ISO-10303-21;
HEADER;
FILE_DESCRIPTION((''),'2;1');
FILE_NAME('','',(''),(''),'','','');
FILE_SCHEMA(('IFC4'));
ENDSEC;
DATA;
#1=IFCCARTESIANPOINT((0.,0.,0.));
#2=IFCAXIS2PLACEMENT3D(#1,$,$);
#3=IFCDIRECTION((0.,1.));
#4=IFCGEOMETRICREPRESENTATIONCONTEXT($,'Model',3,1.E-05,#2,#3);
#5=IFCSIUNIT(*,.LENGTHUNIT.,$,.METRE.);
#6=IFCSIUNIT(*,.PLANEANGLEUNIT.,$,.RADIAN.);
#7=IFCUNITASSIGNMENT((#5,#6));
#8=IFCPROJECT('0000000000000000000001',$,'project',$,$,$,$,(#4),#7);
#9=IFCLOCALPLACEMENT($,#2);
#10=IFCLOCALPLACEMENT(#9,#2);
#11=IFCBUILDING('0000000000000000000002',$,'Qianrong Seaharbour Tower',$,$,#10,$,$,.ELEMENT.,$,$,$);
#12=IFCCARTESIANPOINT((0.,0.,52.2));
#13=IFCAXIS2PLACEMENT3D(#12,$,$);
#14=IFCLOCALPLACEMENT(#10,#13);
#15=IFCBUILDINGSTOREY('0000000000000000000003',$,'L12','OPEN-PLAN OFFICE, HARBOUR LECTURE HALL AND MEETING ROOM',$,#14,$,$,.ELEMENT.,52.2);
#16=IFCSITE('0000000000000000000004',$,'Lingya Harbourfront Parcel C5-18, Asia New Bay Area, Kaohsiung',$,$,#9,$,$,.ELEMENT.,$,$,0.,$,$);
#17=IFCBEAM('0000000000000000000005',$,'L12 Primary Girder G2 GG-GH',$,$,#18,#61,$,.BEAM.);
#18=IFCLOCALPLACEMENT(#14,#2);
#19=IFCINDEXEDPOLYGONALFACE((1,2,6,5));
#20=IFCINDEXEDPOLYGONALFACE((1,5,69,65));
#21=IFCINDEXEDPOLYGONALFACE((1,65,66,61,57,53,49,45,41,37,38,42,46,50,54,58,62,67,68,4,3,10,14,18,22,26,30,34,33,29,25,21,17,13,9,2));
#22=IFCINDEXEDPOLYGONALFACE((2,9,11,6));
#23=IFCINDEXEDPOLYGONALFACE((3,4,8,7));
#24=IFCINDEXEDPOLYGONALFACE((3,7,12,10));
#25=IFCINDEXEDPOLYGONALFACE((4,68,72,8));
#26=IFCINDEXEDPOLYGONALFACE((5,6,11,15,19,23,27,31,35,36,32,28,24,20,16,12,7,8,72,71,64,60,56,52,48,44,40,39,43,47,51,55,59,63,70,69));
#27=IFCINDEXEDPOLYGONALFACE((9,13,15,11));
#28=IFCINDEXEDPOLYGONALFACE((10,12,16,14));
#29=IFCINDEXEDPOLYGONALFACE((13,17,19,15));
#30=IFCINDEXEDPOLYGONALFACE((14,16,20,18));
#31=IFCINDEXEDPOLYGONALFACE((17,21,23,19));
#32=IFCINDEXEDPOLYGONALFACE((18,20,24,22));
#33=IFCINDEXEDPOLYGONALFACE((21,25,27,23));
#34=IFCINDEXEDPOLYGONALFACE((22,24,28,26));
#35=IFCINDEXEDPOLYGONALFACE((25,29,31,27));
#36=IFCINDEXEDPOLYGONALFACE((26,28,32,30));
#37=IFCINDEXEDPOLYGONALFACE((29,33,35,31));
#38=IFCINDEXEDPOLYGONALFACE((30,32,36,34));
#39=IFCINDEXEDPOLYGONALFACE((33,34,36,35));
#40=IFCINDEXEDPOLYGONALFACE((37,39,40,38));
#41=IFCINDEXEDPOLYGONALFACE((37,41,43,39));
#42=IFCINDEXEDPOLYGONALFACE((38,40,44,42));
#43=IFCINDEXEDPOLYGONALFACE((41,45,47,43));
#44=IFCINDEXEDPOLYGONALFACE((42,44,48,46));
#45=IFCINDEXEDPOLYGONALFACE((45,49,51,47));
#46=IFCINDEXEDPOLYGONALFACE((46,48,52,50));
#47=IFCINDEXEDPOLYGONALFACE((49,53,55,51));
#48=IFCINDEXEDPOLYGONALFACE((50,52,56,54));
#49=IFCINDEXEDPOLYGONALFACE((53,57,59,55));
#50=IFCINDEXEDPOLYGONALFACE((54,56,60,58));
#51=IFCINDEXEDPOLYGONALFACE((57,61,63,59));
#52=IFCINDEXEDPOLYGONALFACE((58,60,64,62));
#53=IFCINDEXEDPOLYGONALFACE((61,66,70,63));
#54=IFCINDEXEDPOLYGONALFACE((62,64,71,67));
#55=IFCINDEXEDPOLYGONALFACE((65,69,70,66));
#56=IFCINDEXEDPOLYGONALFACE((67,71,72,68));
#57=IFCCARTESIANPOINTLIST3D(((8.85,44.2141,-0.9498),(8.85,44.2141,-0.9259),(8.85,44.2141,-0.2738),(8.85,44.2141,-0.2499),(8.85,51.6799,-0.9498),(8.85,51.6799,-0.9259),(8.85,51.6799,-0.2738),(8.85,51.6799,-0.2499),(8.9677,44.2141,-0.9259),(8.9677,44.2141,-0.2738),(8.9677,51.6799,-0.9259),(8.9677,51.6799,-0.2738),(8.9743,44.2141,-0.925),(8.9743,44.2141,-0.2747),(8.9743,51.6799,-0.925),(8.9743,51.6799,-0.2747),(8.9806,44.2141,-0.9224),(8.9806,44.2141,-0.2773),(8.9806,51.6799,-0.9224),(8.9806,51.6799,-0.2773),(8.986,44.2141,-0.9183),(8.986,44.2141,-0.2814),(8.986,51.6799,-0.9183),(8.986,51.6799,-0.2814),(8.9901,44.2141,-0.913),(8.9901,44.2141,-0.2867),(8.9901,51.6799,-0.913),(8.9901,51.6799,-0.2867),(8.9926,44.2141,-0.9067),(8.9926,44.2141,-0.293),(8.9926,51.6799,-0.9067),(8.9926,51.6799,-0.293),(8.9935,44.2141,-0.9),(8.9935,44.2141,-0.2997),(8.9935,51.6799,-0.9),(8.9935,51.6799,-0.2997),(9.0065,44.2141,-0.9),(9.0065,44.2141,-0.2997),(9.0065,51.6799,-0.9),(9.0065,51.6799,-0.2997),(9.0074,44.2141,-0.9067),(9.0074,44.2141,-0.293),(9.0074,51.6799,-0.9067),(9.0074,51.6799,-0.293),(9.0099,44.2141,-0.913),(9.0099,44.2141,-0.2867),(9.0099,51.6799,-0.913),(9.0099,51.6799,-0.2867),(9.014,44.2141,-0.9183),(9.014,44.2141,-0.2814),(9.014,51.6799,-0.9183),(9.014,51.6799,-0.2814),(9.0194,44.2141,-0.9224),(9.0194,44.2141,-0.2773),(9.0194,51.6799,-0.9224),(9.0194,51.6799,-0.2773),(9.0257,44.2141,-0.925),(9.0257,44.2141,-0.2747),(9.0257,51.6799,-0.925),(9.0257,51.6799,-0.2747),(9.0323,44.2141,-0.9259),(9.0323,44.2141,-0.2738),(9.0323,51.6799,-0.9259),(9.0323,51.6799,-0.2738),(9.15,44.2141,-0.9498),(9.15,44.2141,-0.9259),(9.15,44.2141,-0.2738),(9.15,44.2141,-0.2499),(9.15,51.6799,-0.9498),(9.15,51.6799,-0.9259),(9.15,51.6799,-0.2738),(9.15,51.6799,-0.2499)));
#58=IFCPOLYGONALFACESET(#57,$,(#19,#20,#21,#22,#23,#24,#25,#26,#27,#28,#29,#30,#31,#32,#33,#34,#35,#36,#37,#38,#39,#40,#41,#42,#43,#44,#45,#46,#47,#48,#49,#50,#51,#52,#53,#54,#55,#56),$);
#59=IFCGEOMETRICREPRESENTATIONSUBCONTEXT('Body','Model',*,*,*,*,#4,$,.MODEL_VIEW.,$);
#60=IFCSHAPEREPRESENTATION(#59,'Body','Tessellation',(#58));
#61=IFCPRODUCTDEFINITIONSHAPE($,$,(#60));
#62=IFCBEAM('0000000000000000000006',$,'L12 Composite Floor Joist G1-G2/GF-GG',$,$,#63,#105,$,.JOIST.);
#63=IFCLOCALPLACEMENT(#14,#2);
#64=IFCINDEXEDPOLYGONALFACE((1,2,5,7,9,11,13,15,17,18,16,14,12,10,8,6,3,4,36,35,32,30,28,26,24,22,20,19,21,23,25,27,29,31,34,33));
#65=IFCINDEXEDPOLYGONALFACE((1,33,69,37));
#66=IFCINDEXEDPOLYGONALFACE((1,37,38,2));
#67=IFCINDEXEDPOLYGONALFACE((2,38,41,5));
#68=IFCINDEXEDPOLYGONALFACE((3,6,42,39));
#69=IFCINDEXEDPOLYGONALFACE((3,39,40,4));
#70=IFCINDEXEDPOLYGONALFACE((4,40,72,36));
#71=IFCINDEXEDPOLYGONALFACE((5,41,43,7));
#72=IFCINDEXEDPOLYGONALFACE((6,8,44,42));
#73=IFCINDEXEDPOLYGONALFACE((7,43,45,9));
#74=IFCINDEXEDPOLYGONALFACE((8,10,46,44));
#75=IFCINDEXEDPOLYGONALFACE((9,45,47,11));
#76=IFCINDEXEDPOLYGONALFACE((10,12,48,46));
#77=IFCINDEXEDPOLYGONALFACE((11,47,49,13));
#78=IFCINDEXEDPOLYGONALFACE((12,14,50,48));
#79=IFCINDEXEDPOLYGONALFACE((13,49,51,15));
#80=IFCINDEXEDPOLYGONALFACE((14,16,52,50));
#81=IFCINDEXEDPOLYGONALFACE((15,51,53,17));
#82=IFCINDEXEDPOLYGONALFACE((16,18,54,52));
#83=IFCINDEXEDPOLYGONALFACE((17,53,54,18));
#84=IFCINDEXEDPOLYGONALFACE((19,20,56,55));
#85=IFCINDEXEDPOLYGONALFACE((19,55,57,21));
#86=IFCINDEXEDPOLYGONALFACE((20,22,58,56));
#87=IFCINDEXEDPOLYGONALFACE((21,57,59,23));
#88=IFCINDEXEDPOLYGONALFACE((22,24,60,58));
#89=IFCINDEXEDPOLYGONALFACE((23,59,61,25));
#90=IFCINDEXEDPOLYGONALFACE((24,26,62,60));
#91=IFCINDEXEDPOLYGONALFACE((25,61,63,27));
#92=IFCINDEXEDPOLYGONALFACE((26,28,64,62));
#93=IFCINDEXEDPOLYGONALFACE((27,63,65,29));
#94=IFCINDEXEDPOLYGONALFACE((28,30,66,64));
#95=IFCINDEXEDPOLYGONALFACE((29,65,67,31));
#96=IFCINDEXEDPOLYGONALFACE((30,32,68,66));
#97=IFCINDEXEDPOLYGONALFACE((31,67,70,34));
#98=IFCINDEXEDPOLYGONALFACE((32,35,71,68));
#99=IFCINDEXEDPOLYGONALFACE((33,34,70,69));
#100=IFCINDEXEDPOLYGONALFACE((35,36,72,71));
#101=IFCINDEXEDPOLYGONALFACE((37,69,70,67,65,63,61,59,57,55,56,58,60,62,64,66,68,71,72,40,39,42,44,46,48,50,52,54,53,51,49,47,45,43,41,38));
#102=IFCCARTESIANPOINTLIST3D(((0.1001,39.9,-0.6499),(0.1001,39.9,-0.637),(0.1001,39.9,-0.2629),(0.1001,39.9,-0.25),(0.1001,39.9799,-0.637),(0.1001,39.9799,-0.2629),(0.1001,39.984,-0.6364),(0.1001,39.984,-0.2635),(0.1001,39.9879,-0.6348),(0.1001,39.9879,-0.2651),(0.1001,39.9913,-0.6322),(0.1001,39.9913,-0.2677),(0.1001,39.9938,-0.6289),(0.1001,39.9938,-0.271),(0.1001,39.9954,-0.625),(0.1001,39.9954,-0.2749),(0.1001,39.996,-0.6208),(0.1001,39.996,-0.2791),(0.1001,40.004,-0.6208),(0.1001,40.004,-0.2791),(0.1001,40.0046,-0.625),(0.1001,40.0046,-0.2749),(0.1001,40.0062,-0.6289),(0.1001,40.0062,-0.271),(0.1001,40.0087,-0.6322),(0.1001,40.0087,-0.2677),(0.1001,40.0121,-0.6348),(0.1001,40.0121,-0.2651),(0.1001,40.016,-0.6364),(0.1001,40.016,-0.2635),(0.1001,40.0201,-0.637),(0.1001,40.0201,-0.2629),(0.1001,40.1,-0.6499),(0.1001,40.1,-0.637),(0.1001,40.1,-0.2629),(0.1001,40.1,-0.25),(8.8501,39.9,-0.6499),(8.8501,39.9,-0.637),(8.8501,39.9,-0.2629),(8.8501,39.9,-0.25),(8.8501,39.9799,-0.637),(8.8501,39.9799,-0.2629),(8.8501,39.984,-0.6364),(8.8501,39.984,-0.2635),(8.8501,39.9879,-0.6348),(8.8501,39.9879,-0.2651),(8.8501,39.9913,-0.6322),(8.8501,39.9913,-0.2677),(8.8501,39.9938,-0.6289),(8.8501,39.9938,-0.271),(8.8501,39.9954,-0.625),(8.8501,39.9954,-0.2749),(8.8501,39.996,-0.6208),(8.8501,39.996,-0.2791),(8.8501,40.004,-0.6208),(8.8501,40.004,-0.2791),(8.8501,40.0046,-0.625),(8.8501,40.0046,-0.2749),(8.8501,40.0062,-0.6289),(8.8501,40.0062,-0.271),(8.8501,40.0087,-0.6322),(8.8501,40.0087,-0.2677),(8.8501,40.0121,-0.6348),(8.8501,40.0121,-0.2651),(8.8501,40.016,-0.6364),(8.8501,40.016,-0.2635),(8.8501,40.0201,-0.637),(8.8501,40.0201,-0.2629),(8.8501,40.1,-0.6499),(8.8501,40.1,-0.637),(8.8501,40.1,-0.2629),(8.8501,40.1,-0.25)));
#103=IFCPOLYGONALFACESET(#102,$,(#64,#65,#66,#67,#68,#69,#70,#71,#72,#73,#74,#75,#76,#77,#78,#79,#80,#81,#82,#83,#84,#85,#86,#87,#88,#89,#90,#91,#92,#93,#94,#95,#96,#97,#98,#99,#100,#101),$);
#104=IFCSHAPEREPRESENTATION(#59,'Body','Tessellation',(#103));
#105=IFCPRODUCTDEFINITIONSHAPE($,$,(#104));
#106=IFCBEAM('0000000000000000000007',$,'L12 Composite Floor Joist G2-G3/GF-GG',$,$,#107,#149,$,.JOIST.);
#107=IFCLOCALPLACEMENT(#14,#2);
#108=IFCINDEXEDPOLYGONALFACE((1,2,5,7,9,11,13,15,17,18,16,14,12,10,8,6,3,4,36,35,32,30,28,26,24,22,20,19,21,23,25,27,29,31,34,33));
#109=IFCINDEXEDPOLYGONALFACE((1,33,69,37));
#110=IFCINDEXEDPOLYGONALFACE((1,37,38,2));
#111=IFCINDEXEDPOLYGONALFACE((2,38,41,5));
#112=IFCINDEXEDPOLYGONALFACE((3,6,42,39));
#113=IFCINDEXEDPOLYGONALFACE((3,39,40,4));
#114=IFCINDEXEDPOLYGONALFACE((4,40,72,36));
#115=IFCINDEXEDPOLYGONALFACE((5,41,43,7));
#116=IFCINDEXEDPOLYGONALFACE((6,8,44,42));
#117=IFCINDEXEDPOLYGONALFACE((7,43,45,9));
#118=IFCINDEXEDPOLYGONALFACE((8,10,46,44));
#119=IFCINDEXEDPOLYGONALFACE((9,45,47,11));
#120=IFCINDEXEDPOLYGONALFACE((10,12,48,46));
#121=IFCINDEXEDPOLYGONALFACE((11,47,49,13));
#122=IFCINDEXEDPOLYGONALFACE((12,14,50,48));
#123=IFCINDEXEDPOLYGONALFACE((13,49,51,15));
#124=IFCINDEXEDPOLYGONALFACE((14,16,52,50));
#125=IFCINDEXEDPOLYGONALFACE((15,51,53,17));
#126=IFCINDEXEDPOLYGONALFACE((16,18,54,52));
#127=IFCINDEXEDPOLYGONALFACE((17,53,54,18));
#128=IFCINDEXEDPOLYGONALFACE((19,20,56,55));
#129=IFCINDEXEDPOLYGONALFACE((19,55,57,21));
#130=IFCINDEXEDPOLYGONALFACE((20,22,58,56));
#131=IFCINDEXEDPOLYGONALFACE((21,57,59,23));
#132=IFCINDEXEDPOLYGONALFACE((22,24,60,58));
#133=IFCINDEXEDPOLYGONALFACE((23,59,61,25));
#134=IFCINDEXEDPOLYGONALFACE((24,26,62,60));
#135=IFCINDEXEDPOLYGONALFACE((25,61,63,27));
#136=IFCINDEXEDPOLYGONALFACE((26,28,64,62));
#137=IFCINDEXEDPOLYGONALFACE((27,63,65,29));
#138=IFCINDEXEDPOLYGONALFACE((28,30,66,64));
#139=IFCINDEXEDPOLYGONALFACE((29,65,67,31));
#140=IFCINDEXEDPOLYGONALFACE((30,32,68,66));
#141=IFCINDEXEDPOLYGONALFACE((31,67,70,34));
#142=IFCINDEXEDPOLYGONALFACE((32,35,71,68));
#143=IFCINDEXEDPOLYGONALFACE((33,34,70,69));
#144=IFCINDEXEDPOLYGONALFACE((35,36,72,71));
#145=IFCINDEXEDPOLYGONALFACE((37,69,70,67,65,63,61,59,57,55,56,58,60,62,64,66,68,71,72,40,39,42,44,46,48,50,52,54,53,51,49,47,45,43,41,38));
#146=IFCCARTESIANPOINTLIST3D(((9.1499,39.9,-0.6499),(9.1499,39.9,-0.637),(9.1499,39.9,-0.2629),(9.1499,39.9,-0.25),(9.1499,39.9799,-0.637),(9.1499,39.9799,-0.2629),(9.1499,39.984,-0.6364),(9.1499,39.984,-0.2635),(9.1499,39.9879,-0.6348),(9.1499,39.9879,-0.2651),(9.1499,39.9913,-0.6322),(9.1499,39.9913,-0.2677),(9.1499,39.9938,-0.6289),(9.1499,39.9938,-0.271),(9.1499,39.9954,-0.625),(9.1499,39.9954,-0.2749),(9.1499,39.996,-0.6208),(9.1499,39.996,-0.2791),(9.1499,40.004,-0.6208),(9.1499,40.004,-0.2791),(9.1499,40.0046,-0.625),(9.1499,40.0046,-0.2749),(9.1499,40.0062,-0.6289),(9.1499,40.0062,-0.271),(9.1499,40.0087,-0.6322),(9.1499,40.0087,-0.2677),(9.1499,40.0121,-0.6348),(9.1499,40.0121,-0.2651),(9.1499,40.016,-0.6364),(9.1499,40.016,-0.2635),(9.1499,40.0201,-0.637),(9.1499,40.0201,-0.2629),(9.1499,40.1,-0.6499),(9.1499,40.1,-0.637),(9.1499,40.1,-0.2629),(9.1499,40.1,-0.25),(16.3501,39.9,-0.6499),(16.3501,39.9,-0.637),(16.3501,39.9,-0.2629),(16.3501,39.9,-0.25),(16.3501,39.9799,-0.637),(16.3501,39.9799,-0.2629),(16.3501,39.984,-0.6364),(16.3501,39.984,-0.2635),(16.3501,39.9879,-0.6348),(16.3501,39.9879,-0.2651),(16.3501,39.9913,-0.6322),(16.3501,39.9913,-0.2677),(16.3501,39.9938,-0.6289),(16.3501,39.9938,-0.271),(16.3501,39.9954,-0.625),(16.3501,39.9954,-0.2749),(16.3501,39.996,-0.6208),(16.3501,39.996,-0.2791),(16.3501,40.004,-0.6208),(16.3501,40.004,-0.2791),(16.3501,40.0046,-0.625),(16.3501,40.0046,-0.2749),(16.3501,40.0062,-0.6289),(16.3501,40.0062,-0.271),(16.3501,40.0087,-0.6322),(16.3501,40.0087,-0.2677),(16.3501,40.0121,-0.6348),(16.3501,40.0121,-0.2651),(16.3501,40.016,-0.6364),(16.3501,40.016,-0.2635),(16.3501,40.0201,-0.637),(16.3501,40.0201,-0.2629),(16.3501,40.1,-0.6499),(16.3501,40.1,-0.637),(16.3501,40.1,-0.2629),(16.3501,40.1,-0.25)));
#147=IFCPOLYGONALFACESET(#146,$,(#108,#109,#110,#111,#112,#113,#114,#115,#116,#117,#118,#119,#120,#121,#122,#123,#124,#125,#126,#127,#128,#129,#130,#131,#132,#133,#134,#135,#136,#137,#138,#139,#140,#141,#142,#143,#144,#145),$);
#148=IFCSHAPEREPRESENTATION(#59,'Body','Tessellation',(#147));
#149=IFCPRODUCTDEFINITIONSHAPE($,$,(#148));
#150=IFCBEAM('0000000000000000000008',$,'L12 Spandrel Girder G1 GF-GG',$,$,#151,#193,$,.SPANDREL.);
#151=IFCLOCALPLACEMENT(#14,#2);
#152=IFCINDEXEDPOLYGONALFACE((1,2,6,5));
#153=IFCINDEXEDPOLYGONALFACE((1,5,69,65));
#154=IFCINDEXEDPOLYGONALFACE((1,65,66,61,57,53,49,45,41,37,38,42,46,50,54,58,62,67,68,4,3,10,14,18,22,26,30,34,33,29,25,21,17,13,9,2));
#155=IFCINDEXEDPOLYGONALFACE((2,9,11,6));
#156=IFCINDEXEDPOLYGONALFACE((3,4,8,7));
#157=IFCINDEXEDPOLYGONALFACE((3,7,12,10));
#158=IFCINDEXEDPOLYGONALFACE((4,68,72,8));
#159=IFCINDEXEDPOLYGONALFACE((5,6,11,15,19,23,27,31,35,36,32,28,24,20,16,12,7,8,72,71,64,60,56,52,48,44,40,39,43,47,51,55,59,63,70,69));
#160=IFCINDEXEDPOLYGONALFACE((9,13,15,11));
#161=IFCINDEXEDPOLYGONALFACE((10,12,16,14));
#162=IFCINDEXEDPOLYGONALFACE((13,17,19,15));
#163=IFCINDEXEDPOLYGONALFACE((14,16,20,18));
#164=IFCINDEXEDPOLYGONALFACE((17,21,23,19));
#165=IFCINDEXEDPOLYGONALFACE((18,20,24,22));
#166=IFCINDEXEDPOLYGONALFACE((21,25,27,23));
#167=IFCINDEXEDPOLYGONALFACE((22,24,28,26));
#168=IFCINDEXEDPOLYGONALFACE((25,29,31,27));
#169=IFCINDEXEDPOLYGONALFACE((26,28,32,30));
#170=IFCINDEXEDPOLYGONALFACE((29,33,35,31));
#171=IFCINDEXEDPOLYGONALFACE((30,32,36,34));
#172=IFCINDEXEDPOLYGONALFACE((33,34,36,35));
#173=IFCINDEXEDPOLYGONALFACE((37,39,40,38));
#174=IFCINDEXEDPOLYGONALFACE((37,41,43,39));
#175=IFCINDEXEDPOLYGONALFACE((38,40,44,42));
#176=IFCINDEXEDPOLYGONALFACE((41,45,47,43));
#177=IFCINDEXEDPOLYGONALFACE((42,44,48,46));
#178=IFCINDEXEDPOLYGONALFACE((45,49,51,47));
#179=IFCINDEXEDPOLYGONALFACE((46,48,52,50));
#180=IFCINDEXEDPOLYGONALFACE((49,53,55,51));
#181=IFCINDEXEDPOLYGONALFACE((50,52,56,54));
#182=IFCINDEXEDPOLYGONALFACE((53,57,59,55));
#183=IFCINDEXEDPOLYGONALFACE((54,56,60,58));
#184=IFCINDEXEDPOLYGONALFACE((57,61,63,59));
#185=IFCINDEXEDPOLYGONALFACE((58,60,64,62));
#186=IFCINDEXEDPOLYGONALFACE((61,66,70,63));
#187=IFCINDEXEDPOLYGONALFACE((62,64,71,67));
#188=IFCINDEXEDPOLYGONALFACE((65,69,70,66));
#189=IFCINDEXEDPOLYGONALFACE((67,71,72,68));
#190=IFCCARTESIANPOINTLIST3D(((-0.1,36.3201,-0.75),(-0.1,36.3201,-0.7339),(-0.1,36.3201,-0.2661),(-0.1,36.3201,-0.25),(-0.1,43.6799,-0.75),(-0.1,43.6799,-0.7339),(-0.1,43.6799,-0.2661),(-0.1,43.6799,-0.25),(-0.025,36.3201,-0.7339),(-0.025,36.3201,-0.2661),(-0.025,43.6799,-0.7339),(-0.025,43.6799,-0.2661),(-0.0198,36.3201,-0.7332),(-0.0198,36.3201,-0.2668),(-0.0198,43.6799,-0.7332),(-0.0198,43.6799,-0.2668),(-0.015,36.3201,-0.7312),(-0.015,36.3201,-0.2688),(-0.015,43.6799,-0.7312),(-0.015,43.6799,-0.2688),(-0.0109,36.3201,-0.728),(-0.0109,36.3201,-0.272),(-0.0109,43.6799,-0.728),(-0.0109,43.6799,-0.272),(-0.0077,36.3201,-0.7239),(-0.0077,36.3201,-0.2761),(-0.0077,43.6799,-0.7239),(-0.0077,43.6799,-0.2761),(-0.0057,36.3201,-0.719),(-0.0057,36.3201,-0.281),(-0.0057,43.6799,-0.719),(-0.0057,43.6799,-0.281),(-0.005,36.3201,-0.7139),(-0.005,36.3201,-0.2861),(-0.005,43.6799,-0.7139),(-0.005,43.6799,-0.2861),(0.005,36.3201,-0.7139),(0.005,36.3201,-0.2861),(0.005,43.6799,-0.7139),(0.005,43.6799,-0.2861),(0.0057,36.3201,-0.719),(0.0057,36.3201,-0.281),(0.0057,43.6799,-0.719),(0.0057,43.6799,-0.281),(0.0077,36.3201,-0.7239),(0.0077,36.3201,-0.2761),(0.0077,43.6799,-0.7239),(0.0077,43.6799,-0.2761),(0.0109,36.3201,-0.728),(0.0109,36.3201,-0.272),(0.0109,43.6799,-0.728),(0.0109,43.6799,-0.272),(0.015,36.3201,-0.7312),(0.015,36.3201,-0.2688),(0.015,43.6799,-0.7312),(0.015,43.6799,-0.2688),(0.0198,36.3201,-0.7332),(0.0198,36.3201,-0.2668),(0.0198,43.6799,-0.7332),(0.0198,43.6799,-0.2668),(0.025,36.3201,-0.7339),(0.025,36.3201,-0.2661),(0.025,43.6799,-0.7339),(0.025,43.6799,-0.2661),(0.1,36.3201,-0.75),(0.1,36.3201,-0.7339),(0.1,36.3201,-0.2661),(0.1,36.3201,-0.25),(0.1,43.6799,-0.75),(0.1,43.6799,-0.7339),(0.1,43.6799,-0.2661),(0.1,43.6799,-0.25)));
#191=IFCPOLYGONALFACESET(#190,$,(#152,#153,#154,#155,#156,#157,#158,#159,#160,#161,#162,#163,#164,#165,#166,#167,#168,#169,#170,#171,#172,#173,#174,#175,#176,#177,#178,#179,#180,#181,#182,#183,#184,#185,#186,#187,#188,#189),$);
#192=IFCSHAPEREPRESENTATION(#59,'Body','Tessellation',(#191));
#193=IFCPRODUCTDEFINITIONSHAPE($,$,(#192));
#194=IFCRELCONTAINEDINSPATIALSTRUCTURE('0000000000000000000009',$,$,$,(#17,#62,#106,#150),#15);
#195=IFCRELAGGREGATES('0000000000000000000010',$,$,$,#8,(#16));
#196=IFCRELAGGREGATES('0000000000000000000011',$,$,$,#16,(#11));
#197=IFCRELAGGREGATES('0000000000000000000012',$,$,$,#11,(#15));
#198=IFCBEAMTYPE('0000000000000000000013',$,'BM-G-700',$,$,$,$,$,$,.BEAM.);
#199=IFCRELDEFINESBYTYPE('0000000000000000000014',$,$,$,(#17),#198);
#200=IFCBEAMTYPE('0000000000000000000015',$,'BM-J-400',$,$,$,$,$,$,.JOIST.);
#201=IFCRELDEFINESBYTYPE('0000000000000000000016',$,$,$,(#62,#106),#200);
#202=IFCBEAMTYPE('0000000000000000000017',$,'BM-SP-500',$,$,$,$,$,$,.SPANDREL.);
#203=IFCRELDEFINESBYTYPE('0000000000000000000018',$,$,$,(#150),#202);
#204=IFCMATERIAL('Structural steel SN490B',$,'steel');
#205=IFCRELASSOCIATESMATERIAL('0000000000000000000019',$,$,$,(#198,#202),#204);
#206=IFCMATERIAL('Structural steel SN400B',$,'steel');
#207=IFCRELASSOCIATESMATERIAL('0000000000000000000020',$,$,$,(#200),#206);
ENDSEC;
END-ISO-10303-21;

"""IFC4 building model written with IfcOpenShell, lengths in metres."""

from ifc_helpers import new_model, si_unit, direction, frame, origin, origin_2d, place, context, subcontext, project, spatial, i_section, extrude, material, material_profile, profile_set, type_object, element, save


model = new_model("IFC4")

# Units and contexts
model_context = context("Model", 3, precision=1e-05, world=origin(), true_north=direction((0.0, 1.0)))
body_context = subcontext(model_context, "Body", "Model", "MODEL_VIEW")
ifc_project = project(units=[si_unit("LENGTHUNIT", "METRE"), si_unit("PLANEANGLEUNIT", "RADIAN")], contexts=[model_context])

# Site, building, storey
site_placement = place(None, origin())
site = spatial("IfcSite", under=ifc_project, at=site_placement, Name="Lingya Harbourfront Parcel C5-18, Asia New Bay Area, Kaohsiung", CompositionType="ELEMENT", RefElevation=0.0)
building_placement = place(site_placement, origin())
building = spatial("IfcBuilding", under=site, at=building_placement, Name="Qianrong Seaharbour Tower", CompositionType="ELEMENT")
storey_placement = place(building_placement, frame((0.0, 0.0, 52.2)))
storey = spatial("IfcBuildingStorey", under=building, at=storey_placement, Name="L12", Description="OPEN-PLAN OFFICE, HARBOUR LECTURE HALL AND MEETING ROOM", CompositionType="ELEMENT", Elevation=52.2)

# Shared definitions
ifc_material_1 = material(Name="Structural steel SN490B", Category="steel")

# Beams
ifc_material_profile_1 = material_profile(ifc_material_1, i_section(OverallWidth=0.3, OverallDepth=0.7, WebThickness=0.0129, FlangeThickness=0.0239, FilletRadius=0.0259, at=origin_2d()), Name="H700x300x13x24")
ifc_profile_set_1 = profile_set([ifc_material_profile_1], Name="Structural steel SN490B")
beam_type_1 = type_object("IfcBeamType", Name="BM-G-700", PredefinedType="BEAM", material=ifc_profile_set_1)
for number, where, z_axis, x_axis, name in (
    (1, (9.0, 44.2141, -0.5999), (0.0, 1.0, 0.0), (-1.0, 0.0, 0.0), "L12 Primary Girder G2 GG-GH"),
):
    element("IfcBeam", number, at=place(storey_placement, frame(where, z_axis=z_axis, x_axis=x_axis)), inside=storey, type_object=beam_type_1, Name=name, PredefinedType="BEAM", context=body_context, shape_type="SweptSolid", body=[
        extrude(i_section(OverallWidth=0.3, OverallDepth=0.7, WebThickness=0.0129, FlangeThickness=0.0239, FilletRadius=0.0259, at=origin_2d()), origin(), (0.0, 0.0, 1.0), 7.4658),
    ])
ifc_material_2 = material(Name="Structural steel SN400B", Category="steel")
ifc_material_profile_2 = material_profile(ifc_material_2, i_section(OverallWidth=0.2, OverallDepth=0.3999, WebThickness=0.0081, FlangeThickness=0.0129, FilletRadius=0.0161, at=origin_2d()), Name="H400x200x8x13")
ifc_profile_set_2 = profile_set([ifc_material_profile_2], Name="Structural steel SN400B")
beam_type_2 = type_object("IfcBeamType", Name="BM-J-400", PredefinedType="JOIST", material=ifc_profile_set_2)
beam_1_placement = place(storey_placement, frame((0.1001, 40.0, -0.45), z_axis=(1.0, 0.0, 0.0), x_axis=(0.0, 1.0, 0.0)))
element("IfcBeam", 2, at=beam_1_placement, inside=storey, type_object=beam_type_2, Name="L12 Composite Floor Joist G1-G2/GF-GG", PredefinedType="JOIST", context=body_context, shape_type="SweptSolid", body=[
    extrude(i_section(OverallWidth=0.2, OverallDepth=0.3999, WebThickness=0.0081, FlangeThickness=0.0129, FilletRadius=0.0161, at=origin_2d()), origin(), (0.0, 0.0, 1.0), 8.75),
])
beam_2_placement = place(storey_placement, frame((9.1499, 40.0, -0.45), z_axis=(1.0, 0.0, 0.0), x_axis=(0.0, 1.0, 0.0)))
element("IfcBeam", 3, at=beam_2_placement, inside=storey, type_object=beam_type_2, Name="L12 Composite Floor Joist G2-G3/GF-GG", PredefinedType="JOIST", context=body_context, shape_type="SweptSolid", body=[
    extrude(i_section(OverallWidth=0.2, OverallDepth=0.3999, WebThickness=0.0081, FlangeThickness=0.0129, FilletRadius=0.0161, at=origin_2d()), origin(), (0.0, 0.0, 1.0), 7.2002),
])
ifc_material_profile_3 = material_profile(ifc_material_1, i_section(OverallWidth=0.2, OverallDepth=0.5, WebThickness=0.01, FlangeThickness=0.0161, FilletRadius=0.02, at=origin_2d()), Name="H500x200x10x16")
ifc_profile_set_3 = profile_set([ifc_material_profile_3], Name="Structural steel SN490B")
beam_type_3 = type_object("IfcBeamType", Name="BM-SP-500", PredefinedType="SPANDREL", material=ifc_profile_set_3)
beam_3_placement = place(storey_placement, frame((0.0, 36.3201, -0.5), z_axis=(0.0, 1.0, 0.0), x_axis=(-1.0, 0.0, 0.0)))
element("IfcBeam", 4, at=beam_3_placement, inside=storey, type_object=beam_type_3, Name="L12 Spandrel Girder G1 GF-GG", PredefinedType="SPANDREL", context=body_context, shape_type="SweptSolid", body=[
    extrude(i_section(OverallWidth=0.2, OverallDepth=0.5, WebThickness=0.01, FlangeThickness=0.0161, FilletRadius=0.02, at=origin_2d()), origin(), (0.0, 0.0, 1.0), 7.3599),
])

save(model, "model.ifc")
